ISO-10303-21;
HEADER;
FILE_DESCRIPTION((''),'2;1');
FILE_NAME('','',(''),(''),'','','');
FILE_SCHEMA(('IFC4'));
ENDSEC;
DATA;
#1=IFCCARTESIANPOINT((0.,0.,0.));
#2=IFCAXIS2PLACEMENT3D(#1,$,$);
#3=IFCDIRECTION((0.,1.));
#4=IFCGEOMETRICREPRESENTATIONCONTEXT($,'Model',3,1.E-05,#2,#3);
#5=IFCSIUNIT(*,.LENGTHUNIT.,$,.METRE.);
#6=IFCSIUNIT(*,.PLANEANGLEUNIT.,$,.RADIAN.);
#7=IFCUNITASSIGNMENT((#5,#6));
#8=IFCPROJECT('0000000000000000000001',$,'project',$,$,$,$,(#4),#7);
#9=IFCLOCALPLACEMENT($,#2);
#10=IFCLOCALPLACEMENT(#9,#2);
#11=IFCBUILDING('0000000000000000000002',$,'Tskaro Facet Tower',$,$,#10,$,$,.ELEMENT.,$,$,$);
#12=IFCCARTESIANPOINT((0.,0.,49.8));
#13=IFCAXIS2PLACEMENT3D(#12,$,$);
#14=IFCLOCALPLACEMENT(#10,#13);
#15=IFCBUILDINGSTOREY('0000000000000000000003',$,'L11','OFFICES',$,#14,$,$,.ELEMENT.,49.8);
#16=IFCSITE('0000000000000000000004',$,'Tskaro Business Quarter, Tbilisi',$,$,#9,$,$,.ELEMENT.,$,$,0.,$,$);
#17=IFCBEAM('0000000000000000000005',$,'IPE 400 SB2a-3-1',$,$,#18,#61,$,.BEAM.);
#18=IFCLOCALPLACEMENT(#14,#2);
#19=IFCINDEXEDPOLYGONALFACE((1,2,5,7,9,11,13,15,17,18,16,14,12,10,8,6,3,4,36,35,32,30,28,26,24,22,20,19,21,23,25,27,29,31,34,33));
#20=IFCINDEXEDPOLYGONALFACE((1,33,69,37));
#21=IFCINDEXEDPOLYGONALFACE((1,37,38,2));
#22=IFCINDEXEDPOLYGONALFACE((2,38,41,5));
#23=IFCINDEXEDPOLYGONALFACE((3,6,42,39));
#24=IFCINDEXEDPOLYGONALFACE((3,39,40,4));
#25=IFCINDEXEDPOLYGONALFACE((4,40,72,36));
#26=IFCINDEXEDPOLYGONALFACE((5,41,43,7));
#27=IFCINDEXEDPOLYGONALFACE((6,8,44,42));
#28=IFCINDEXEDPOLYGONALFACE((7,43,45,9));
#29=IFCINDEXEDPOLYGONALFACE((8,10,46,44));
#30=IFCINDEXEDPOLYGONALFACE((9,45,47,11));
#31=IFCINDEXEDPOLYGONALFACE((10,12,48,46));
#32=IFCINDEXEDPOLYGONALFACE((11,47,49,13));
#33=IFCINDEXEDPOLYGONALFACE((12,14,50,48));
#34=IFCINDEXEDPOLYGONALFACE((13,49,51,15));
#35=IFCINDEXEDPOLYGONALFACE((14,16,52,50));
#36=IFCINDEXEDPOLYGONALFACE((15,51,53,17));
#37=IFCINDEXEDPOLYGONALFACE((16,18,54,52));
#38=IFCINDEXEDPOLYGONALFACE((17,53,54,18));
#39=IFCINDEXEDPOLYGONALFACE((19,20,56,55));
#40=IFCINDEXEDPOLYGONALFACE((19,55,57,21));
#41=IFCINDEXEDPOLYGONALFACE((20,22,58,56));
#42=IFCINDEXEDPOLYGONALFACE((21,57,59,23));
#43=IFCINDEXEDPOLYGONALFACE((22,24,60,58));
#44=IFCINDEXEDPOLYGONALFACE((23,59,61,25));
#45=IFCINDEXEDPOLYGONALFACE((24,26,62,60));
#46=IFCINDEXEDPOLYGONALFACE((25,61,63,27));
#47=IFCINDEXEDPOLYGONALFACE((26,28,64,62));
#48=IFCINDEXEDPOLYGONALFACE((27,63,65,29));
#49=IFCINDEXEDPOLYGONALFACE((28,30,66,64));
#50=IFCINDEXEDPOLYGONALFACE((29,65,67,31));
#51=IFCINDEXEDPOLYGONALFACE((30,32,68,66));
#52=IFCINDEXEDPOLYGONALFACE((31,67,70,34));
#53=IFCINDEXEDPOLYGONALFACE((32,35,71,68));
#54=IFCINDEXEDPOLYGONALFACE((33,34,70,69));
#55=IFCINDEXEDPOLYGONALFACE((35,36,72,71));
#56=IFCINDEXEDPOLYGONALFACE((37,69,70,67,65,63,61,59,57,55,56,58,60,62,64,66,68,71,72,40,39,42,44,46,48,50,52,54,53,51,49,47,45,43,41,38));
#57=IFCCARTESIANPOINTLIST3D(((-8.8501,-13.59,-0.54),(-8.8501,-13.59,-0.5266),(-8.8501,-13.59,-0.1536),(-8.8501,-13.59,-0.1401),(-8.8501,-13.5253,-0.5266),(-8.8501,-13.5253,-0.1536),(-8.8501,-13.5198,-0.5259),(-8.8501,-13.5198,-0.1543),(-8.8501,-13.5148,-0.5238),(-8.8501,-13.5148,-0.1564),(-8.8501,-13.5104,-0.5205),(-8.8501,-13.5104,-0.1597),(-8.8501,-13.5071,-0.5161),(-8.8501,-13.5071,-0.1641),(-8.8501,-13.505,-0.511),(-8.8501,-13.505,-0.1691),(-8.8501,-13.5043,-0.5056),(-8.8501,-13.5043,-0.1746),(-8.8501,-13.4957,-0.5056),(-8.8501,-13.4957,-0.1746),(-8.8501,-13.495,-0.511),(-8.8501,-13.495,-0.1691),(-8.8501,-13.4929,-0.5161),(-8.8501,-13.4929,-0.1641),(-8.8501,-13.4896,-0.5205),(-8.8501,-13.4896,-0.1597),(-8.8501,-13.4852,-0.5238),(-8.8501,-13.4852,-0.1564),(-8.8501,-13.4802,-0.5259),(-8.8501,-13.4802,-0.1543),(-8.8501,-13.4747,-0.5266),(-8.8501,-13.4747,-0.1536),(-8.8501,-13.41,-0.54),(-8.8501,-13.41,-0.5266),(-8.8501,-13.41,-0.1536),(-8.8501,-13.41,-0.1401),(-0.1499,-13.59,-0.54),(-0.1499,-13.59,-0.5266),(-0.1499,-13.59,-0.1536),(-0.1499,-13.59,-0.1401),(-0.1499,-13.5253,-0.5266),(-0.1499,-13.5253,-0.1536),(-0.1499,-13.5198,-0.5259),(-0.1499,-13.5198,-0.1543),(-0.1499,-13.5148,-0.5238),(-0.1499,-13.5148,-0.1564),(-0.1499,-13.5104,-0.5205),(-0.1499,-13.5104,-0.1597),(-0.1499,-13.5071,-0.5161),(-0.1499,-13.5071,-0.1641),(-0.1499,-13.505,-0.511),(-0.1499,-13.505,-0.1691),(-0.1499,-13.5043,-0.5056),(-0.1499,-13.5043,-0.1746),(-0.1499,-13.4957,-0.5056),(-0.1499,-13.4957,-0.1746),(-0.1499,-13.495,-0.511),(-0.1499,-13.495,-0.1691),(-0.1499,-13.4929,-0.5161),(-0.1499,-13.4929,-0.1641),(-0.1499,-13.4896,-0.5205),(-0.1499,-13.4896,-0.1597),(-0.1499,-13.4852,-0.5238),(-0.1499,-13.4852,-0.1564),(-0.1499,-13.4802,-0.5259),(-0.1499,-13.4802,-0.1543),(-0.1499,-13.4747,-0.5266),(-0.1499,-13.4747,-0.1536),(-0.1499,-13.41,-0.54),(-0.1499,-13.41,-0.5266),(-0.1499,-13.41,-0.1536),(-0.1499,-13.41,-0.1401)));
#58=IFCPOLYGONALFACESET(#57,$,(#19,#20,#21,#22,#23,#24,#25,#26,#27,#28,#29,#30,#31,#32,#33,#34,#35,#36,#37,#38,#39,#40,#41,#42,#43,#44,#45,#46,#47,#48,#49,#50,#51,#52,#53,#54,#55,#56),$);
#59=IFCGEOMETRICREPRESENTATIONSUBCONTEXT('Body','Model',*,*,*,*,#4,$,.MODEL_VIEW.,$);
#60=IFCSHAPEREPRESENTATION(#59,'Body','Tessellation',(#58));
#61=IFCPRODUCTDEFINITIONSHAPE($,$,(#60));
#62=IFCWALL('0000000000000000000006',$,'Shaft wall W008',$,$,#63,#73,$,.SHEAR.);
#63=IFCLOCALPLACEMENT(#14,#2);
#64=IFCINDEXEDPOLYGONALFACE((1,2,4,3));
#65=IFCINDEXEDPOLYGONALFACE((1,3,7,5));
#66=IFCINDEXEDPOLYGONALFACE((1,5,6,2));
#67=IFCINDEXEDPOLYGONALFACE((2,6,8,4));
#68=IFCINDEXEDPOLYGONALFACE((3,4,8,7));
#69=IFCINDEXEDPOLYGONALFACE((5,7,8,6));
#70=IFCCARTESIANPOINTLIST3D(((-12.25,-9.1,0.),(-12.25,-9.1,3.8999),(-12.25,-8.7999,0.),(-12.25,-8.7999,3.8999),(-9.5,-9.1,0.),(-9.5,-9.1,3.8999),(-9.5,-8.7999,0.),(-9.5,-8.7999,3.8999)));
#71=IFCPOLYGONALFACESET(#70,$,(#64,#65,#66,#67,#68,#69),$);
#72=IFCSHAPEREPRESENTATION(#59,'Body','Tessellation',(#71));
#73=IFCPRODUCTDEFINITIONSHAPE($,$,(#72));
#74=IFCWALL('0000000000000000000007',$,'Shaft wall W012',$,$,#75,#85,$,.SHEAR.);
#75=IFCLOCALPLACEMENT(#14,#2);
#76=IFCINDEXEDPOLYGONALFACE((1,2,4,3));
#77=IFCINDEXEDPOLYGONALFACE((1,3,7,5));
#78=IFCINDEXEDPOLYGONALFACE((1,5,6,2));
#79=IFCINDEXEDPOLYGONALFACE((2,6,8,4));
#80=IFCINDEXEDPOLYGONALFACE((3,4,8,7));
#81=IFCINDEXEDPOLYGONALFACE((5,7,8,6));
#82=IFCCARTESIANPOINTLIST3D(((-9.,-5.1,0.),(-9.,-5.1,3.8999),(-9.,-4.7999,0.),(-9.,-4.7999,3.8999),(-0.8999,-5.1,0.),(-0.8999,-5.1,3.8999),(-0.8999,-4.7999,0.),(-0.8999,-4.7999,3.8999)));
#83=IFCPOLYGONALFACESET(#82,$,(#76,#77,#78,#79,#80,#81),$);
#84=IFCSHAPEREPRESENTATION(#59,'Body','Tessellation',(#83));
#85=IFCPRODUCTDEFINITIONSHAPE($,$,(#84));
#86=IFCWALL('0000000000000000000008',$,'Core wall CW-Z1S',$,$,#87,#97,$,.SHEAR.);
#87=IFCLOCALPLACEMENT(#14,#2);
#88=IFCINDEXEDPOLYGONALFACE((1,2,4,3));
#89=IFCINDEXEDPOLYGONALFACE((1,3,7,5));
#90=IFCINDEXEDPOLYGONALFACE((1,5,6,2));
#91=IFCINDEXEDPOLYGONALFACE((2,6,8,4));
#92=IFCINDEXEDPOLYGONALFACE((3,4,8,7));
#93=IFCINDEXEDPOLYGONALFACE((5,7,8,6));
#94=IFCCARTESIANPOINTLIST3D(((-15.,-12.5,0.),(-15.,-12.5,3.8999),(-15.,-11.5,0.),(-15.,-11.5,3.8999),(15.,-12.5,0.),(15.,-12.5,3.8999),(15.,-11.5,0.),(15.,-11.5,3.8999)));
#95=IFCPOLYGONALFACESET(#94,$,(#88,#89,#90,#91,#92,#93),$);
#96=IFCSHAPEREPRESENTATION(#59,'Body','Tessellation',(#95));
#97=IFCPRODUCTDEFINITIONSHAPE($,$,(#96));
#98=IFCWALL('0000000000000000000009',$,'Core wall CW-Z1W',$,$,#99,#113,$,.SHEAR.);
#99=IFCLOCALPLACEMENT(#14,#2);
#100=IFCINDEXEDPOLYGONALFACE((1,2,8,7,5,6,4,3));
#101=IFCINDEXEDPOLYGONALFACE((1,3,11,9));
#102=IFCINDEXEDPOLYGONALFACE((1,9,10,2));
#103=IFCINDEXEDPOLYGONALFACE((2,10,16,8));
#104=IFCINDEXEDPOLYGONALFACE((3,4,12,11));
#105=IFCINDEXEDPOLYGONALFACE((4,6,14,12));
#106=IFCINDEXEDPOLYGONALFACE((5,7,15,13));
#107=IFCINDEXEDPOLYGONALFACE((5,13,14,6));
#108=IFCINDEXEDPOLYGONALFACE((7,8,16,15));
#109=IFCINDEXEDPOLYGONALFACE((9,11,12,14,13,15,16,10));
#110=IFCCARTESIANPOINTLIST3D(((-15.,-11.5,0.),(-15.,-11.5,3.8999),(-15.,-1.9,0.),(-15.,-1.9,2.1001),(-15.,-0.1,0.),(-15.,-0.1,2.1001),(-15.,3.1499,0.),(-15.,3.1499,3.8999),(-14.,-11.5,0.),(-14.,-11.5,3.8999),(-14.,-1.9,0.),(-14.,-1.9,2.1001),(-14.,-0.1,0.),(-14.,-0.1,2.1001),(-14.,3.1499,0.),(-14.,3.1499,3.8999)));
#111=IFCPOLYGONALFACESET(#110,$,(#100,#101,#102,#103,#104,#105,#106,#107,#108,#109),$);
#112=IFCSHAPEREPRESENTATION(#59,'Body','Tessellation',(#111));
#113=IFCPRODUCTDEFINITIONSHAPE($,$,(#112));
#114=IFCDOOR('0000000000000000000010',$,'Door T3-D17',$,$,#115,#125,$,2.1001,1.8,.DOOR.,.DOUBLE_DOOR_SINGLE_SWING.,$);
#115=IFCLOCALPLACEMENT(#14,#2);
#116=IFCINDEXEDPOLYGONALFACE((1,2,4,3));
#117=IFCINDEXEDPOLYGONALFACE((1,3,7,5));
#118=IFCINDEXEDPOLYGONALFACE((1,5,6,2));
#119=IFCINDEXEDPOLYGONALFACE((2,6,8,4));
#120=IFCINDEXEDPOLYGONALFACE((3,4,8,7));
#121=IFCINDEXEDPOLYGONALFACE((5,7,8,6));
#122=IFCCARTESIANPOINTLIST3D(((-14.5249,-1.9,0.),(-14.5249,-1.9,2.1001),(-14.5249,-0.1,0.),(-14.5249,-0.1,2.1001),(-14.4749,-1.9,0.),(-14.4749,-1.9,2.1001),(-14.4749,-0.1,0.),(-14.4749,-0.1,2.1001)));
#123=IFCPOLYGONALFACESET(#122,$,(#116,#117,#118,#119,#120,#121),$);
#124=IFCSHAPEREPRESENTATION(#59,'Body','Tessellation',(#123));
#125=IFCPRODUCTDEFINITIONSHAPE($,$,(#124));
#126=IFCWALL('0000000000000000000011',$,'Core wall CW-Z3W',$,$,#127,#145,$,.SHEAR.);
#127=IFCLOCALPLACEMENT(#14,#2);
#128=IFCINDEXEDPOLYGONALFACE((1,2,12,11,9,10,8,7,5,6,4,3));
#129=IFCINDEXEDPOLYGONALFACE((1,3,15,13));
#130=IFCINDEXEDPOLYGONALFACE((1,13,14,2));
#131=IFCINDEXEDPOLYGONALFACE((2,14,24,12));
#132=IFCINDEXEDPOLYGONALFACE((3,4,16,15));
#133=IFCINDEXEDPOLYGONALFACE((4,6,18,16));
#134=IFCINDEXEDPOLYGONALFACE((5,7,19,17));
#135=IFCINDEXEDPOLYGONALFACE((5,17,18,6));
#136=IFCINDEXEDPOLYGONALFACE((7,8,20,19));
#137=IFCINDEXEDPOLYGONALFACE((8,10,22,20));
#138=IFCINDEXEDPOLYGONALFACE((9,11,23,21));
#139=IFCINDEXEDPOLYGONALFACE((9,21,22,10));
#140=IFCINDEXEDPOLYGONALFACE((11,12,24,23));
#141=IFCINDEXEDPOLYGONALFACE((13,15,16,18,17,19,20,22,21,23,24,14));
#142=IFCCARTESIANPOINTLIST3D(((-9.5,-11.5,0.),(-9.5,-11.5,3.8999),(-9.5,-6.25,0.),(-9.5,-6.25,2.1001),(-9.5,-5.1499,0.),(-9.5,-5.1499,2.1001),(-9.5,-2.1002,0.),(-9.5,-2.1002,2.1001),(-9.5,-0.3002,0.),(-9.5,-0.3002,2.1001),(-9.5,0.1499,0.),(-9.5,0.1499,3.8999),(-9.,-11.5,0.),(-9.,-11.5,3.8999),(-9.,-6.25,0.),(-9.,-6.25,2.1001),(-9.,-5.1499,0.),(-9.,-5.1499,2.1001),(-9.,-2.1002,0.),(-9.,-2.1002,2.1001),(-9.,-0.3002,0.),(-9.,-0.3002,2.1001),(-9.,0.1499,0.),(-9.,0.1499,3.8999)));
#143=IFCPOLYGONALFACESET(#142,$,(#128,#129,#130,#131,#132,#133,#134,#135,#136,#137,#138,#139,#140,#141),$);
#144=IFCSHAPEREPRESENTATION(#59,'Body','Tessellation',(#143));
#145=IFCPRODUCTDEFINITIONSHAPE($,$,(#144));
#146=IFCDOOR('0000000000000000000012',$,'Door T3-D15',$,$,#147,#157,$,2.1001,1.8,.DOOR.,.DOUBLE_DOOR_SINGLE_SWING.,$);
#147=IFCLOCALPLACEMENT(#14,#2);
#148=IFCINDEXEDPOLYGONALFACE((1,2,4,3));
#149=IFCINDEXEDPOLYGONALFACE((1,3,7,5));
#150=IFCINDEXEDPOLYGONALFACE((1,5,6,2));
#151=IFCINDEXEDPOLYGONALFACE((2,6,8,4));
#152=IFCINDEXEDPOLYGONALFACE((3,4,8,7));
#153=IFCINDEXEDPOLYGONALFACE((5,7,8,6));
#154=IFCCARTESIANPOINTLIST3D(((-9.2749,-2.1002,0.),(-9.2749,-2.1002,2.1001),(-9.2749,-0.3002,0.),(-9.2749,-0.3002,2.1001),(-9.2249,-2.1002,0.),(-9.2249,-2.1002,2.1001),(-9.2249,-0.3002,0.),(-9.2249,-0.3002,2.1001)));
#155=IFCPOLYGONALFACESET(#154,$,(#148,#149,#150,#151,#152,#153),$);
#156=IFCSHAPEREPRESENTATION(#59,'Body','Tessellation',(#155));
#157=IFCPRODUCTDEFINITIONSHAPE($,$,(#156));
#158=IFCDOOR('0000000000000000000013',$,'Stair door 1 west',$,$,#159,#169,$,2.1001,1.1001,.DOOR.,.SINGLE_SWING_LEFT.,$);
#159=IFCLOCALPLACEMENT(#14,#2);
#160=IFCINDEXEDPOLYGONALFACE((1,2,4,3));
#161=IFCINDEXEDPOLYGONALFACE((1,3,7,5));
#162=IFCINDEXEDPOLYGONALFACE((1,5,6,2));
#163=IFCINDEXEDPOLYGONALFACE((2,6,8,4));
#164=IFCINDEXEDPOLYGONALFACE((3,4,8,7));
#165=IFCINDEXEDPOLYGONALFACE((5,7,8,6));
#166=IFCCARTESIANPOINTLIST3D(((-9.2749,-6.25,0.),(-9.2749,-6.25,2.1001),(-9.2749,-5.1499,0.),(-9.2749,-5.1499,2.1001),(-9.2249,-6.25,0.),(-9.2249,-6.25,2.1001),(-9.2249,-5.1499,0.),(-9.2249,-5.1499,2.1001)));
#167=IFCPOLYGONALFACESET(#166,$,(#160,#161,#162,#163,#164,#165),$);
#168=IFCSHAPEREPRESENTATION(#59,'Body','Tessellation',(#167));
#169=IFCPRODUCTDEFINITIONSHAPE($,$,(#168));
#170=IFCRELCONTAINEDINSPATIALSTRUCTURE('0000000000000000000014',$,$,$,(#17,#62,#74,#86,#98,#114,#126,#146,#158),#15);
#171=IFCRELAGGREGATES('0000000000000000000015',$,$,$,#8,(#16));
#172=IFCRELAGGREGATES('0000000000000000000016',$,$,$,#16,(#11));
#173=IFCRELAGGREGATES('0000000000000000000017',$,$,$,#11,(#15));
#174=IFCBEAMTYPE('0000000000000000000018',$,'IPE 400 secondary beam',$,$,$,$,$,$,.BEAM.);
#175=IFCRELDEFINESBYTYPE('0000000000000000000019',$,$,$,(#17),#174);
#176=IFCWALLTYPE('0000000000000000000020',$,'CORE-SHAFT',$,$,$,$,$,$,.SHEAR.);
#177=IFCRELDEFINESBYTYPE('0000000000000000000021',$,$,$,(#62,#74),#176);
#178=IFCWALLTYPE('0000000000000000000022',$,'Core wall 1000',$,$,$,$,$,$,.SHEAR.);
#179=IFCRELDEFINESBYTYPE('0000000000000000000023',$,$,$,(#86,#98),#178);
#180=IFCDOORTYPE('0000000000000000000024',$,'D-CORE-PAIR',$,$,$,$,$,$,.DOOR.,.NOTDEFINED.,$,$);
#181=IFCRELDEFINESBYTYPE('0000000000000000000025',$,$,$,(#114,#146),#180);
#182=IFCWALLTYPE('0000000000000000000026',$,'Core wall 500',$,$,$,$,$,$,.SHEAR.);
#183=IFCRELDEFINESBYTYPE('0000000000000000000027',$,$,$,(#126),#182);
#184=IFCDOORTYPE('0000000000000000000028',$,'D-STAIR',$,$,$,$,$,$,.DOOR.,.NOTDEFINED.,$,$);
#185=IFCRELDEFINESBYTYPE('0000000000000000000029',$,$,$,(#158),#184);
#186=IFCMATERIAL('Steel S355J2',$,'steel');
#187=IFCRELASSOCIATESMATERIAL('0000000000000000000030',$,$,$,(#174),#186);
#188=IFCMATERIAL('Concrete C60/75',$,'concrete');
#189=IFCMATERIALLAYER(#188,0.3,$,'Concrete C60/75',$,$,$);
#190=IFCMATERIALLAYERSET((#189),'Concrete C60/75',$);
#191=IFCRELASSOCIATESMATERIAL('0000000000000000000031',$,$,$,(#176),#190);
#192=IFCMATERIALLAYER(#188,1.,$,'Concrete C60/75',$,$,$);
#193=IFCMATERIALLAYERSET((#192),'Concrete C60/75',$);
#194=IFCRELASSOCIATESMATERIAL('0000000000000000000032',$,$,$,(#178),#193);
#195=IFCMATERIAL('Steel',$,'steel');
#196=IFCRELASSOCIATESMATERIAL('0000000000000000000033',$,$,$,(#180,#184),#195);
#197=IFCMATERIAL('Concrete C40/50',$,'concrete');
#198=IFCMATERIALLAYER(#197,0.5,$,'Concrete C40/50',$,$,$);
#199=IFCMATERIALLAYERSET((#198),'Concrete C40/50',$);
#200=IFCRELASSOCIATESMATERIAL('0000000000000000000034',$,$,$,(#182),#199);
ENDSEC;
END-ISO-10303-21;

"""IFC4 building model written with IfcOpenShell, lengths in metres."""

from ifc_helpers import new_model, si_unit, direction, frame, frame_2d, origin, origin_2d, place, context, subcontext, project, spatial, rectangle, i_section, extrude, material, layer, layer_set, material_profile, profile_set, type_object, element, fill, save


model = new_model("IFC4")

# Units and contexts
model_context = context("Model", 3, precision=1e-05, world=origin(), true_north=direction((0.0, 1.0)))
body_context = subcontext(model_context, "Body", "Model", "MODEL_VIEW")
ifc_project = project(units=[si_unit("LENGTHUNIT", "METRE"), si_unit("PLANEANGLEUNIT", "RADIAN")], contexts=[model_context])

# Site, building, storey
site_placement = place(None, origin())
site = spatial("IfcSite", under=ifc_project, at=site_placement, Name="Tskaro Business Quarter, Tbilisi", CompositionType="ELEMENT", RefElevation=0.0)
building_placement = place(site_placement, origin())
building = spatial("IfcBuilding", under=site, at=building_placement, Name="Tskaro Facet Tower", CompositionType="ELEMENT")
storey_placement = place(building_placement, frame((0.0, 0.0, 49.8)))
storey = spatial("IfcBuildingStorey", under=building, at=storey_placement, Name="L11", Description="OFFICES", CompositionType="ELEMENT", Elevation=49.8)

# Beam
ifc_material_1 = material(Name="Steel S355J2", Category="steel")
ifc_material_profile_1 = material_profile(ifc_material_1, i_section(OverallWidth=0.1799, OverallDepth=0.3999, WebThickness=0.0085, FlangeThickness=0.0134, FilletRadius=0.021, at=origin_2d()), Name="IPE 400")
ifc_profile_set_1 = profile_set([ifc_material_profile_1], Name="Steel S355J2")
beam_type_1 = type_object("IfcBeamType", Name="IPE 400 secondary beam", PredefinedType="BEAM", material=ifc_profile_set_1)
for number, where, z_axis, x_axis, name in (
    (1, (-8.8501, -13.5, -0.3401), (1.0, 0.0, 0.0), (0.0, 1.0, 0.0), "IPE 400 SB2a-3-1"),
):
    element("IfcBeam", number, at=place(storey_placement, frame(where, z_axis=z_axis, x_axis=x_axis)), inside=storey, type_object=beam_type_1, Name=name, PredefinedType="BEAM", context=body_context, shape_type="SweptSolid", body=[
        extrude(i_section(OverallWidth=0.1799, OverallDepth=0.3999, WebThickness=0.0085, FlangeThickness=0.0134, FilletRadius=0.021, at=origin_2d()), origin(), (0.0, 0.0, 1.0), 8.7002),
    ])

# Walls
ifc_material_2 = material(Name="Concrete C60/75", Category="concrete")
ifc_layer_1 = layer(ifc_material_2, 0.3, Name="Concrete C60/75")
ifc_layer_set_1 = layer_set([ifc_layer_1], Name="Concrete C60/75")
wall_type_1 = type_object("IfcWallType", Name="CORE-SHAFT", PredefinedType="SHEAR", material=ifc_layer_set_1)
wall_1_placement = place(storey_placement, frame((-12.25, -8.95, 0.0), z_axis=(0.0, 0.0, 1.0), x_axis=(1.0, 0.0, 0.0)))
element("IfcWall", 2, at=wall_1_placement, inside=storey, type_object=wall_type_1, Name="Shaft wall W008", PredefinedType="SHEAR", context=body_context, shape_type="SweptSolid", body=[
    extrude(rectangle(XDim=2.75, YDim=0.3, at=frame_2d((1.375, 0.0))), origin(), (0.0, 0.0, 1.0), 3.8999),
])
wall_2_placement = place(storey_placement, frame((-9.0, -4.95, 0.0), z_axis=(0.0, 0.0, 1.0), x_axis=(1.0, 0.0, 0.0)))
element("IfcWall", 3, at=wall_2_placement, inside=storey, type_object=wall_type_1, Name="Shaft wall W012", PredefinedType="SHEAR", context=body_context, shape_type="SweptSolid", body=[
    extrude(rectangle(XDim=8.1001, YDim=0.3, at=frame_2d((4.05, 0.0))), origin(), (0.0, 0.0, 1.0), 3.8999),
])
ifc_layer_2 = layer(ifc_material_2, 1.0, Name="Concrete C60/75")
ifc_layer_set_2 = layer_set([ifc_layer_2], Name="Concrete C60/75")
wall_type_2 = type_object("IfcWallType", Name="Core wall 1000", PredefinedType="SHEAR", material=ifc_layer_set_2)
wall_3_placement = place(storey_placement, frame((-15.0, -12.0, 0.0), z_axis=(0.0, 0.0, 1.0), x_axis=(1.0, 0.0, 0.0)))
element("IfcWall", 4, at=wall_3_placement, inside=storey, type_object=wall_type_2, Name="Core wall CW-Z1S", PredefinedType="SHEAR", context=body_context, shape_type="SweptSolid", body=[
    extrude(rectangle(XDim=30.0, YDim=1.0, at=frame_2d((15.0, 0.0))), origin(), (0.0, 0.0, 1.0), 3.8999),
])

# Wall, opening, door
wall_4_placement = place(storey_placement, frame((-14.5, -11.5, 0.0), z_axis=(0.0, 0.0, 1.0), x_axis=(0.0, 1.0, 0.0)))
wall_4 = element("IfcWall", 5, at=wall_4_placement, inside=storey, type_object=wall_type_2, Name="Core wall CW-Z1W", PredefinedType="SHEAR", context=body_context, shape_type="SweptSolid", body=[
    extrude(rectangle(XDim=14.6499, YDim=1.0, at=frame_2d((7.325, 0.0))), origin(), (0.0, 0.0, 1.0), 3.8999),
])
opening_1_placement = place(wall_4_placement, frame((9.6001, 0.0, 0.0)))
opening_1 = element("IfcOpeningElement", 6, at=opening_1_placement, cuts=wall_4, PredefinedType="OPENING", context=body_context, shape_type="SweptSolid", body=[
    extrude(rectangle(XDim=1.8, YDim=2.1001, at=frame_2d((0.8999, 1.05))), frame((0.0, 0.51, 0.0), z_axis=(0.0, -1.0, 0.0), x_axis=(1.0, 0.0, 0.0)), (0.0, 0.0, 1.0), 1.02),
])
ifc_material_3 = material(Name="Steel", Category="steel")
door_type_1 = type_object("IfcDoorType", Name="D-CORE-PAIR", OperationType="NOTDEFINED", PredefinedType="DOOR", material=ifc_material_3)
door_1_placement = place(opening_1_placement, origin())
door_1 = element("IfcDoor", 7, at=door_1_placement, inside=storey, type_object=door_type_1, Name="Door T3-D17", OperationType="DOUBLE_DOOR_SINGLE_SWING", OverallHeight=2.1001, OverallWidth=1.8, PredefinedType="DOOR", context=body_context, shape_type="SweptSolid", body=[
    extrude(rectangle(XDim=1.8, YDim=2.1001, at=frame_2d((0.8999, 1.05))), frame((0.0, 0.0249, 0.0), z_axis=(0.0, -1.0, 0.0), x_axis=(1.0, 0.0, 0.0)), (0.0, 0.0, 1.0), 0.05),
])
fill(opening_1, door_1)

# Wall, openings, doors
ifc_material_4 = material(Name="Concrete C40/50", Category="concrete")
ifc_layer_3 = layer(ifc_material_4, 0.5, Name="Concrete C40/50")
ifc_layer_set_3 = layer_set([ifc_layer_3], Name="Concrete C40/50")
wall_type_3 = type_object("IfcWallType", Name="Core wall 500", PredefinedType="SHEAR", material=ifc_layer_set_3)
wall_5_placement = place(storey_placement, frame((-9.25, -11.5, 0.0), z_axis=(0.0, 0.0, 1.0), x_axis=(0.0, 1.0, 0.0)))
wall_5 = element("IfcWall", 8, at=wall_5_placement, inside=storey, type_object=wall_type_3, Name="Core wall CW-Z3W", PredefinedType="SHEAR", context=body_context, shape_type="SweptSolid", body=[
    extrude(rectangle(XDim=11.6499, YDim=0.5, at=frame_2d((5.825, 0.0))), origin(), (0.0, 0.0, 1.0), 3.8999),
])
opening_2_placement = place(wall_5_placement, frame((9.3999, 0.0, 0.0)))
opening_2 = element("IfcOpeningElement", 9, at=opening_2_placement, cuts=wall_5, PredefinedType="OPENING", context=body_context, shape_type="SweptSolid", body=[
    extrude(rectangle(XDim=1.8, YDim=2.1001, at=frame_2d((0.8999, 1.05))), frame((0.0, 0.26, 0.0), z_axis=(0.0, -1.0, 0.0), x_axis=(1.0, 0.0, 0.0)), (0.0, 0.0, 1.0), 0.52),
])
opening_3_placement = place(wall_5_placement, frame((5.25, 0.0, 0.0)))
opening_3 = element("IfcOpeningElement", 10, at=opening_3_placement, cuts=wall_5, PredefinedType="OPENING", context=body_context, shape_type="SweptSolid", body=[
    extrude(rectangle(XDim=1.1001, YDim=2.1001, at=frame_2d((0.55, 1.05))), frame((0.0, 0.26, 0.0), z_axis=(0.0, -1.0, 0.0), x_axis=(1.0, 0.0, 0.0)), (0.0, 0.0, 1.0), 0.52),
])
door_2_placement = place(opening_2_placement, origin())
door_2 = element("IfcDoor", 11, at=door_2_placement, inside=storey, type_object=door_type_1, Name="Door T3-D15", OperationType="DOUBLE_DOOR_SINGLE_SWING", OverallHeight=2.1001, OverallWidth=1.8, PredefinedType="DOOR", context=body_context, shape_type="SweptSolid", body=[
    extrude(rectangle(XDim=1.8, YDim=2.1001, at=frame_2d((0.8999, 1.05))), frame((0.0, 0.0249, 0.0), z_axis=(0.0, -1.0, 0.0), x_axis=(1.0, 0.0, 0.0)), (0.0, 0.0, 1.0), 0.05),
])
fill(opening_2, door_2)
door_type_2 = type_object("IfcDoorType", Name="D-STAIR", OperationType="NOTDEFINED", PredefinedType="DOOR", material=ifc_material_3)
door_3_placement = place(opening_3_placement, origin())
door_3 = element("IfcDoor", 12, at=door_3_placement, inside=storey, type_object=door_type_2, Name="Stair door 1 west", OperationType="SINGLE_SWING_LEFT", OverallHeight=2.1001, OverallWidth=1.1001, PredefinedType="DOOR", context=body_context, shape_type="SweptSolid", body=[
    extrude(rectangle(XDim=1.1001, YDim=2.1001, at=frame_2d((0.55, 1.05))), frame((0.0, 0.0249, 0.0), z_axis=(0.0, -1.0, 0.0), x_axis=(1.0, 0.0, 0.0)), (0.0, 0.0, 1.0), 0.05),
])
fill(opening_3, door_3)

save(model, "model.ifc")
